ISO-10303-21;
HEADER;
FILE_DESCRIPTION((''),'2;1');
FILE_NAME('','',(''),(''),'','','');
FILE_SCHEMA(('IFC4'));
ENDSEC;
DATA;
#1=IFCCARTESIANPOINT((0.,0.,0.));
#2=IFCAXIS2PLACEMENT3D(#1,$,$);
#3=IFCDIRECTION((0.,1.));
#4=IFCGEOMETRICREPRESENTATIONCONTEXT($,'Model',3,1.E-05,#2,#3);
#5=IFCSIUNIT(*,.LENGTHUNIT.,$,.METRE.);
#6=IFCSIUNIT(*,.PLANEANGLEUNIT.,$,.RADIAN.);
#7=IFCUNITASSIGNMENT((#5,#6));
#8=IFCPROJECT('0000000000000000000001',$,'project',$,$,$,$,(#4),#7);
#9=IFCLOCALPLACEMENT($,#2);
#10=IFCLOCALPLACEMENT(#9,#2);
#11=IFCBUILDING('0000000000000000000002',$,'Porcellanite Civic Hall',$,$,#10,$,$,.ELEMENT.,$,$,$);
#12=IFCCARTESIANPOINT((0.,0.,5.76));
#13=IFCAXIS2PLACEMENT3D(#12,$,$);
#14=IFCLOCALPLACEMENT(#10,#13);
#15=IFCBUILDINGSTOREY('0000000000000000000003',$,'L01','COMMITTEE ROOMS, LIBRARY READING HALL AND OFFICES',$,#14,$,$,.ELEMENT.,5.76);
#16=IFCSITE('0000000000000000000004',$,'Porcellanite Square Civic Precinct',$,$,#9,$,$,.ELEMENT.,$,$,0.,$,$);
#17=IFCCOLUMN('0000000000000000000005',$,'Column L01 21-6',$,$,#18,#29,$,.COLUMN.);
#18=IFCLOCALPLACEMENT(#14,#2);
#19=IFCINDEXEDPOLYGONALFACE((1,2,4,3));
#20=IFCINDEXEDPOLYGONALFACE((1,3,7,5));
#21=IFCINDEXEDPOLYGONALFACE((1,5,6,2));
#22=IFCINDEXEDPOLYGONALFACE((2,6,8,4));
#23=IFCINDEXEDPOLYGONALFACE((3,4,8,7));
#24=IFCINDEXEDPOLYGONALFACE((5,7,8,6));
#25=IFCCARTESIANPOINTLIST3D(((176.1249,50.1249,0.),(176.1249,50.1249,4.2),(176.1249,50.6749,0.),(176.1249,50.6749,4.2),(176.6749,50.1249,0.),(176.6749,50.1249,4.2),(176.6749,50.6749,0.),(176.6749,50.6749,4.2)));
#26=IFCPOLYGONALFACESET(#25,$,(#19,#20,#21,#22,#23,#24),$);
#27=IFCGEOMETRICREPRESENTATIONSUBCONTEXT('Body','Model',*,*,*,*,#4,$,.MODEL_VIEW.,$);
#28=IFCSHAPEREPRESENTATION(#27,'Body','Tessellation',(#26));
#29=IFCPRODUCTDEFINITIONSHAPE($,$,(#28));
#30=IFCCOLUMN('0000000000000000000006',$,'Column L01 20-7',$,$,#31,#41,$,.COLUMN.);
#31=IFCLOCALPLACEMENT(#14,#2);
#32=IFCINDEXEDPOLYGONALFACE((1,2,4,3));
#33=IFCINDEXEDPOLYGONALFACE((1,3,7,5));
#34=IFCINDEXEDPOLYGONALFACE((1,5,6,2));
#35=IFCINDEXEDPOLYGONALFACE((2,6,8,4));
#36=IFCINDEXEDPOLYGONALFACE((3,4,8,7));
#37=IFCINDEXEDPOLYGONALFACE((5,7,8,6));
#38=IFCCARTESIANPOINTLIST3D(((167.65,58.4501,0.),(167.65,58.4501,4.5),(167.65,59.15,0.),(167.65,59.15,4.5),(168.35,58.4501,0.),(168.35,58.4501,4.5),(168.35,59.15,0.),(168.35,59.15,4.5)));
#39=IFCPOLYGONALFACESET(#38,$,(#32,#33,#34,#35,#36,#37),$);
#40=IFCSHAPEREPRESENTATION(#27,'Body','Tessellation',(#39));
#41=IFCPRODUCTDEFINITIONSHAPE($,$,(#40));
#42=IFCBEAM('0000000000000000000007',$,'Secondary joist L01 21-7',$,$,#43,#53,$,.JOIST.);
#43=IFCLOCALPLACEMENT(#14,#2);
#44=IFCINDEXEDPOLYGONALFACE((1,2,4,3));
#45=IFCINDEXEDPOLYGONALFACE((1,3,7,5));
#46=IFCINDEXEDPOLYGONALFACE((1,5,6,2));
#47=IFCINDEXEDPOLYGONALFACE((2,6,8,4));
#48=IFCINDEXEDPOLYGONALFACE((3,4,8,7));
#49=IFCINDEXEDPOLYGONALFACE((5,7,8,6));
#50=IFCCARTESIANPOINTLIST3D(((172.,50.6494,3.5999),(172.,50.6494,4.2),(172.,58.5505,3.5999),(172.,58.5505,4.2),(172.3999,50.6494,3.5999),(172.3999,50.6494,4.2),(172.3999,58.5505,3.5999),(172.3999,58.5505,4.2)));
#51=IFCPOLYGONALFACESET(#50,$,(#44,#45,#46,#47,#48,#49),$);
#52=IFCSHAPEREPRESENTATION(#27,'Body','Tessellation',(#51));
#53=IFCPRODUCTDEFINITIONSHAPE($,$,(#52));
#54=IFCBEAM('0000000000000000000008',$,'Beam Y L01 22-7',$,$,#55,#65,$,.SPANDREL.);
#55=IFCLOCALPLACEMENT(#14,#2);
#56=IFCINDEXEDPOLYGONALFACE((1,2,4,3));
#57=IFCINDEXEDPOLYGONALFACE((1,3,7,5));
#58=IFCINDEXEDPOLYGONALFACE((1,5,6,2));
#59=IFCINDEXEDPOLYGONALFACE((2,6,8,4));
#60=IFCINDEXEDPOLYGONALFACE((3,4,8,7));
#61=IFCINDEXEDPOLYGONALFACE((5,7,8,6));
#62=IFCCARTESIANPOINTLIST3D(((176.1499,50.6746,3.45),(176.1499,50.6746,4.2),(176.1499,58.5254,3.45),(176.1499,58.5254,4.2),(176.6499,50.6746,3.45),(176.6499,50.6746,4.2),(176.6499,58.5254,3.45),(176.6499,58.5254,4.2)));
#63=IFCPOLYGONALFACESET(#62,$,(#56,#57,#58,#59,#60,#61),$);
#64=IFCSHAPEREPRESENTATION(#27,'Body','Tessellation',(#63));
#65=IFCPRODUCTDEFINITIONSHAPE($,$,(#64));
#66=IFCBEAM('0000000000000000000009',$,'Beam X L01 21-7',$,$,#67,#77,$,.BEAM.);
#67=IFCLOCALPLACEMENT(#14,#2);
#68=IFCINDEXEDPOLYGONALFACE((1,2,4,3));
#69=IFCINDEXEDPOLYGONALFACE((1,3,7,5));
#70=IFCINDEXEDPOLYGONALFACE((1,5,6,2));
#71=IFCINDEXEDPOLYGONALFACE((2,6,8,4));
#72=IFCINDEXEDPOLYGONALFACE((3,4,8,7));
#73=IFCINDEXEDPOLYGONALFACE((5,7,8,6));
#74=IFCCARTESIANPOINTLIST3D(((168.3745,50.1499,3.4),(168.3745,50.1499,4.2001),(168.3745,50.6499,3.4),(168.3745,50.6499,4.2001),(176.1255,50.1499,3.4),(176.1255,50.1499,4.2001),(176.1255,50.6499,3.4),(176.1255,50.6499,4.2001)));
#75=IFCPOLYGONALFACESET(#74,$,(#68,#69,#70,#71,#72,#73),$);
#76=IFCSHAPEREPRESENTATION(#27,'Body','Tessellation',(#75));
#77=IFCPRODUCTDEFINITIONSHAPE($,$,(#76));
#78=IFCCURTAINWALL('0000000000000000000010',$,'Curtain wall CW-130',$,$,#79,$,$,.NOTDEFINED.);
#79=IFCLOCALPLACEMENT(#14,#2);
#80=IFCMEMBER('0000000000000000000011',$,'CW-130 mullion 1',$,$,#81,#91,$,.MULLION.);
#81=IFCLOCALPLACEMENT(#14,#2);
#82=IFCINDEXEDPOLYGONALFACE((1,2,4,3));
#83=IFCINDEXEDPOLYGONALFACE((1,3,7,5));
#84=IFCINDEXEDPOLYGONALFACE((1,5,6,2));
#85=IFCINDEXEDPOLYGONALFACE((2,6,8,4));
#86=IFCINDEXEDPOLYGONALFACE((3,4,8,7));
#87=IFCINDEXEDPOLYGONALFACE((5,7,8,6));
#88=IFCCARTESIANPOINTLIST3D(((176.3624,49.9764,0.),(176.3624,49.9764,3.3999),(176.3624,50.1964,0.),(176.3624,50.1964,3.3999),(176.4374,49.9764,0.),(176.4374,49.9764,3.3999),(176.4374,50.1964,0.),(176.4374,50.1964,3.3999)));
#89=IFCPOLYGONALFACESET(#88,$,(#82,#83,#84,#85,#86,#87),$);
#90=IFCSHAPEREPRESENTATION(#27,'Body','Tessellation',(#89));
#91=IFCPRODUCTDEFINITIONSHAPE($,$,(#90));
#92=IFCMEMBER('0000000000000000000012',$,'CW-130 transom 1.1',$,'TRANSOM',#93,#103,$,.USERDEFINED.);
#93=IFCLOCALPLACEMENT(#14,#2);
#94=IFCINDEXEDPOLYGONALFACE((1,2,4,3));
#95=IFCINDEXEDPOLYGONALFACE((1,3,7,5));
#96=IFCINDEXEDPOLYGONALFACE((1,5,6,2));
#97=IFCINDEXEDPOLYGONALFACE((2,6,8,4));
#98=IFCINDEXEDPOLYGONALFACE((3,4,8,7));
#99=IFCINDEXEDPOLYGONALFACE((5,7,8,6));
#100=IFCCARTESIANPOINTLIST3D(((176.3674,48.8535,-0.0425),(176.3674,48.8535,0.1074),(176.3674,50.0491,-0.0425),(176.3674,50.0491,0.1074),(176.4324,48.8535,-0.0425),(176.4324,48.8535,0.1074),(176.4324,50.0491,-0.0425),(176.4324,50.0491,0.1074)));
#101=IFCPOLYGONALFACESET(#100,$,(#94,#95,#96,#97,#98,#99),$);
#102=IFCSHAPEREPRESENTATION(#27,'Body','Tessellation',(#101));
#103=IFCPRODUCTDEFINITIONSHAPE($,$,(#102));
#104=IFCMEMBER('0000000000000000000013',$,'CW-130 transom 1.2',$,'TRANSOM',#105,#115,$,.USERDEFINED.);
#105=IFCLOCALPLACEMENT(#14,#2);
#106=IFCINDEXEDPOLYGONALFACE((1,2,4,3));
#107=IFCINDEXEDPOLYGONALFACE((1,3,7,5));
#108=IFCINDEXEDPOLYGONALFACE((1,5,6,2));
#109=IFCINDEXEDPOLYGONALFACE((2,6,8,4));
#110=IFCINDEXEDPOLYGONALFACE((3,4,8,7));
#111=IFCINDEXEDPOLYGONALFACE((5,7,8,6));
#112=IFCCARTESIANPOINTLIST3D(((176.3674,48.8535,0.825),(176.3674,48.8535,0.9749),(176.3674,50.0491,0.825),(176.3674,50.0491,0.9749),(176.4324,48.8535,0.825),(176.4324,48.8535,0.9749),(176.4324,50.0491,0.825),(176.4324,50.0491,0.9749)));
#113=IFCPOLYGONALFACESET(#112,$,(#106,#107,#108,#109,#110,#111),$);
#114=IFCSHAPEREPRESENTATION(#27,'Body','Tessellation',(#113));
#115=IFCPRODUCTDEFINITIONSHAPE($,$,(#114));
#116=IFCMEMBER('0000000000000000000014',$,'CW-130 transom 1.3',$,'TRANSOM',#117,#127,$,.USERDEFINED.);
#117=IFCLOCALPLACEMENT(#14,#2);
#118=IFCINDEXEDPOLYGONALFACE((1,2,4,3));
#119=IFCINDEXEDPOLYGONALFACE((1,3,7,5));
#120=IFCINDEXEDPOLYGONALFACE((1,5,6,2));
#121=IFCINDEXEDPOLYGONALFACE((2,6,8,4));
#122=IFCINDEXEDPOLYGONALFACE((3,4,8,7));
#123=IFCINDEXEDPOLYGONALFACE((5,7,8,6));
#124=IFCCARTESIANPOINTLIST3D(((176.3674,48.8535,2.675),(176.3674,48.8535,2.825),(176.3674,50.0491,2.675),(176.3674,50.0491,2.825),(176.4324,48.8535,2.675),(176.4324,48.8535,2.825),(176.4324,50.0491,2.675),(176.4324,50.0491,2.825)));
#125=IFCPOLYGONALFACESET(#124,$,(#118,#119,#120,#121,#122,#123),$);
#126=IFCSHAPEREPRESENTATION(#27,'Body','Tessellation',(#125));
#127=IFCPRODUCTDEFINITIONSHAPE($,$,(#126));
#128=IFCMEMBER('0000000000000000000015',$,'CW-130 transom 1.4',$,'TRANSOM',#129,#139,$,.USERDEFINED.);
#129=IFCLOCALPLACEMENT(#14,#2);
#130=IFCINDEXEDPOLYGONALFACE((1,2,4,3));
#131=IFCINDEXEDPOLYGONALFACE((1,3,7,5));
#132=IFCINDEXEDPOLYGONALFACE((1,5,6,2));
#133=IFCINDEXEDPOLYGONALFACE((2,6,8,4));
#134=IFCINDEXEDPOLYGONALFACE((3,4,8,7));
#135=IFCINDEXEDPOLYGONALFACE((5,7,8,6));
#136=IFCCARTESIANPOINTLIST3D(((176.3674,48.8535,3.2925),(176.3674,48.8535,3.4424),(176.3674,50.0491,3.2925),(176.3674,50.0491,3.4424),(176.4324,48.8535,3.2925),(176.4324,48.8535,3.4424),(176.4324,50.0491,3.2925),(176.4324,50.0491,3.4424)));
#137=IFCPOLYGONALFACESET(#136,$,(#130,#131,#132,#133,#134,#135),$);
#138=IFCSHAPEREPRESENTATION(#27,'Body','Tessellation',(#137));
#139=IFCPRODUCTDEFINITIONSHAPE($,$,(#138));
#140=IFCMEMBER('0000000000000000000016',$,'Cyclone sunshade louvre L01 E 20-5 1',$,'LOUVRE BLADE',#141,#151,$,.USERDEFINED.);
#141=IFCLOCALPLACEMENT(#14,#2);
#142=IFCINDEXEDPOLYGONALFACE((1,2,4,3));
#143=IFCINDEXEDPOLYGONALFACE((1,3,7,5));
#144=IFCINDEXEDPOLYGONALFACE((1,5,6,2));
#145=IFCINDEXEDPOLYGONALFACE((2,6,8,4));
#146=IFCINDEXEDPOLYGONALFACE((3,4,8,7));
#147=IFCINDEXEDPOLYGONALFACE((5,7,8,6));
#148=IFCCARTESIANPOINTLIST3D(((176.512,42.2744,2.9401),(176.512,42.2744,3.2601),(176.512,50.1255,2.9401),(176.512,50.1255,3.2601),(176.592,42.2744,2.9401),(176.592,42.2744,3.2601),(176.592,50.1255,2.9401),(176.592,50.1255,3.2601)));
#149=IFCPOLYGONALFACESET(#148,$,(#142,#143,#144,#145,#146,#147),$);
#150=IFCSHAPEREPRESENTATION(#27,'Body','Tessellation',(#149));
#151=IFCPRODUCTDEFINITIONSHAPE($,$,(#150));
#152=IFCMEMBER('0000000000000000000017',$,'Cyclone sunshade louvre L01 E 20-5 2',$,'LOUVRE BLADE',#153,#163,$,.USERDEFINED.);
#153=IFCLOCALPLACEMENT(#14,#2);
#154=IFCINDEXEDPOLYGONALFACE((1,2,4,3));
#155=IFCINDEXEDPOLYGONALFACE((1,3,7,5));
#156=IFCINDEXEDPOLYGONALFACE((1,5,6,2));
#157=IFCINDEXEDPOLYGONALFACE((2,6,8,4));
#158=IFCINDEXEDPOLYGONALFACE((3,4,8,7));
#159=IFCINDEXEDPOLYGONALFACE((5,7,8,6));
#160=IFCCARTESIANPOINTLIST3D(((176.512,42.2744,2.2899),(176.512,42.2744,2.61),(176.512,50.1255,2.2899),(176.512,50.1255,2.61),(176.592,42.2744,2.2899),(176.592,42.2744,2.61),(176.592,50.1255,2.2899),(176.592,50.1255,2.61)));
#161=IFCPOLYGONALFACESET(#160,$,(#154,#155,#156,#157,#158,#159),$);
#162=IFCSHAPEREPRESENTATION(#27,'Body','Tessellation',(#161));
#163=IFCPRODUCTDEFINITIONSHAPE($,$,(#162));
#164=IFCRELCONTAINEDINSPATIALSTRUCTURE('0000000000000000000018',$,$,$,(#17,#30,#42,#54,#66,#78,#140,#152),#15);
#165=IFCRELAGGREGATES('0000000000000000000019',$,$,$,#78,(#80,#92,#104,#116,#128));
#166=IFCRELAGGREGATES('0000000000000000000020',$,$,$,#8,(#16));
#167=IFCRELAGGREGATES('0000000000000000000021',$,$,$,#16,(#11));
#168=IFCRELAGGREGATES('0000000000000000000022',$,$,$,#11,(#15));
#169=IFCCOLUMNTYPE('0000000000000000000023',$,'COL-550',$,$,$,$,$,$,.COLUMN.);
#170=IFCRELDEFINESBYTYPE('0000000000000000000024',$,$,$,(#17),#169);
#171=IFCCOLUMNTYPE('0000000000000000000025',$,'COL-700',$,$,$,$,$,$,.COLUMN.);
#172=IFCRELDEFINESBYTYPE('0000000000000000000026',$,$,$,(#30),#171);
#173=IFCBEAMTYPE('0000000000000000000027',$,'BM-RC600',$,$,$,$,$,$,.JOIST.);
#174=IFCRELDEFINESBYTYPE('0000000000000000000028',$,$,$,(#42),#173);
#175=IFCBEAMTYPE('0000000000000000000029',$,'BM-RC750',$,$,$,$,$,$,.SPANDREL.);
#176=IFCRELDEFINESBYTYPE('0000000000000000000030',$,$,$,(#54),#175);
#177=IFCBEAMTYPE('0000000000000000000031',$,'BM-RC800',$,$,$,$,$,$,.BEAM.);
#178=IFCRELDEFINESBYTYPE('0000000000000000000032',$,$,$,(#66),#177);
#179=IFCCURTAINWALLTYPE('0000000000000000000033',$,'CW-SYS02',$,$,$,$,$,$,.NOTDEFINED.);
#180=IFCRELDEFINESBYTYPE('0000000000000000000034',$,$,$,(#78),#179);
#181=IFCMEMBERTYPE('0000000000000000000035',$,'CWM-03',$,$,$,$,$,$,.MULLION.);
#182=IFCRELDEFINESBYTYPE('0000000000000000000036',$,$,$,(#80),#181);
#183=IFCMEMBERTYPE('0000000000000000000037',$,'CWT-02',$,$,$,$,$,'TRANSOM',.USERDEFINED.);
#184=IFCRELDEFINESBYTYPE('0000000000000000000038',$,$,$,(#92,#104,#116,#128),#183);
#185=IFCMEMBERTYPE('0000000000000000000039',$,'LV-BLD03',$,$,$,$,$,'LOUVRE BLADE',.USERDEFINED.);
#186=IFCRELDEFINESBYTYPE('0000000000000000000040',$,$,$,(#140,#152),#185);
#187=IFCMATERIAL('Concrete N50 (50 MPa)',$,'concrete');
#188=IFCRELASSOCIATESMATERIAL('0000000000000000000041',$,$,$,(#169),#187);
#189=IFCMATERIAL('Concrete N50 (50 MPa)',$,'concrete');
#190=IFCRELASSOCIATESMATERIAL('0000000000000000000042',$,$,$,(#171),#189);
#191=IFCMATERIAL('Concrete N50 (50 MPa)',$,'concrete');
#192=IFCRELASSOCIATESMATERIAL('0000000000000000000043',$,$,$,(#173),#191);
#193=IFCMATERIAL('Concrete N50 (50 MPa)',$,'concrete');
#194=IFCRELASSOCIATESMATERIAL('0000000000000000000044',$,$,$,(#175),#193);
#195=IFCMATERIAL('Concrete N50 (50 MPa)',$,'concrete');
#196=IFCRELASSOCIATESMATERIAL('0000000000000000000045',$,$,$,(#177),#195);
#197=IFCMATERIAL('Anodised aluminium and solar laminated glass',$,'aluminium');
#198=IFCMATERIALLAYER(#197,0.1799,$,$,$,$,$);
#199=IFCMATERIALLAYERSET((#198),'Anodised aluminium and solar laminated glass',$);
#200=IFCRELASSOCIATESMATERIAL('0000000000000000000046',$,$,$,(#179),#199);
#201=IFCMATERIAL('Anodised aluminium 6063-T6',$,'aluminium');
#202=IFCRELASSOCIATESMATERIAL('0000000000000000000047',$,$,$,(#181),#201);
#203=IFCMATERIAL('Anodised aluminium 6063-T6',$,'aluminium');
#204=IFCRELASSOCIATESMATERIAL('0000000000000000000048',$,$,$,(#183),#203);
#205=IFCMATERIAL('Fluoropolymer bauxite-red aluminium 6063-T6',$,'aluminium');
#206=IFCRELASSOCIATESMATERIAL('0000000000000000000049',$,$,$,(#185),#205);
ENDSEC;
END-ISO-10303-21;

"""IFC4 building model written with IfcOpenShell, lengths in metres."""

from ifc_helpers import new_model, si_unit, direction, frame, origin, origin_2d, place, context, subcontext, project, spatial, rectangle, extrude, material, layer, layer_set, material_profile, profile_set, type_object, element, aggregate, save


model = new_model("IFC4")

# Units and contexts
model_context = context("Model", 3, precision=1e-05, world=origin(), true_north=direction((0.0, 1.0)))
body_context = subcontext(model_context, "Body", "Model", "MODEL_VIEW")
ifc_project = project(units=[si_unit("LENGTHUNIT", "METRE"), si_unit("PLANEANGLEUNIT", "RADIAN")], contexts=[model_context])

# Site, building, storey
site_placement = place(None, origin())
site = spatial("IfcSite", under=ifc_project, at=site_placement, Name="Porcellanite Square Civic Precinct", CompositionType="ELEMENT", RefElevation=0.0)
building_placement = place(site_placement, origin())
building = spatial("IfcBuilding", under=site, at=building_placement, Name="Porcellanite Civic Hall", CompositionType="ELEMENT")
storey_placement = place(building_placement, frame((0.0, 0.0, 5.76)))
storey = spatial("IfcBuildingStorey", under=building, at=storey_placement, Name="L01", Description="COMMITTEE ROOMS, LIBRARY READING HALL AND OFFICES", CompositionType="ELEMENT", Elevation=5.76)

# Columns
ifc_material_1 = material(Name="Concrete N50 (50 MPa)", Category="concrete")
ifc_material_profile_1 = material_profile(ifc_material_1, rectangle(XDim=0.55, YDim=0.55, at=origin_2d()), Name="RC-550x550")
ifc_profile_set_1 = profile_set([ifc_material_profile_1], Name="Concrete N50 (50 MPa)")
column_type_1 = type_object("IfcColumnType", Name="COL-550", PredefinedType="COLUMN", material=ifc_profile_set_1)
column_1_placement = place(storey_placement, frame((176.3999, 50.3999, 0.0), z_axis=(0.0, 0.0, 1.0), x_axis=(1.0, 0.0, 0.0)))
element("IfcColumn", 1, at=column_1_placement, inside=storey, type_object=column_type_1, Name="Column L01 21-6", PredefinedType="COLUMN", context=body_context, shape_type="SweptSolid", body=[
    extrude(rectangle(XDim=0.55, YDim=0.55, at=origin_2d()), origin(), (0.0, 0.0, 1.0), 4.2),
])
ifc_material_2 = material(Name="Concrete N50 (50 MPa)", Category="concrete")
ifc_material_profile_2 = material_profile(ifc_material_2, rectangle(XDim=0.7, YDim=0.7, at=origin_2d()), Name="RC-700x700")
ifc_profile_set_2 = profile_set([ifc_material_profile_2], Name="Concrete N50 (50 MPa)")
column_type_2 = type_object("IfcColumnType", Name="COL-700", PredefinedType="COLUMN", material=ifc_profile_set_2)
column_2_placement = place(storey_placement, frame((168.0, 58.8, 0.0), z_axis=(0.0, 0.0, 1.0), x_axis=(1.0, 0.0, 0.0)))
element("IfcColumn", 2, at=column_2_placement, inside=storey, type_object=column_type_2, Name="Column L01 20-7", PredefinedType="COLUMN", context=body_context, shape_type="SweptSolid", body=[
    extrude(rectangle(XDim=0.7, YDim=0.7, at=origin_2d()), origin(), (0.0, 0.0, 1.0), 4.5),
])

# Beams
ifc_material_3 = material(Name="Concrete N50 (50 MPa)", Category="concrete")
ifc_material_profile_3 = material_profile(ifc_material_3, rectangle(XDim=0.3999, YDim=0.6001, at=origin_2d()), Name="RC-400x600")
ifc_profile_set_3 = profile_set([ifc_material_profile_3], Name="Concrete N50 (50 MPa)")
beam_type_1 = type_object("IfcBeamType", Name="BM-RC600", PredefinedType="JOIST", material=ifc_profile_set_3)
beam_1_placement = place(storey_placement, frame((172.2, 50.6494, 3.8999), z_axis=(0.0, 1.0, 0.0), x_axis=(-1.0, 0.0, 0.0)))
element("IfcBeam", 3, at=beam_1_placement, inside=storey, type_object=beam_type_1, Name="Secondary joist L01 21-7", PredefinedType="JOIST", context=body_context, shape_type="SweptSolid", body=[
    extrude(rectangle(XDim=0.3999, YDim=0.6001, at=origin_2d()), origin(), (0.0, 0.0, 1.0), 7.9011),
])
ifc_material_4 = material(Name="Concrete N50 (50 MPa)", Category="concrete")
ifc_material_profile_4 = material_profile(ifc_material_4, rectangle(XDim=0.5, YDim=0.75, at=origin_2d()), Name="RC-500x750")
ifc_profile_set_4 = profile_set([ifc_material_profile_4], Name="Concrete N50 (50 MPa)")
beam_type_2 = type_object("IfcBeamType", Name="BM-RC750", PredefinedType="SPANDREL", material=ifc_profile_set_4)
beam_2_placement = place(storey_placement, frame((176.3999, 50.6746, 3.825), z_axis=(0.0, 1.0, 0.0), x_axis=(-1.0, 0.0, 0.0)))
element("IfcBeam", 4, at=beam_2_placement, inside=storey, type_object=beam_type_2, Name="Beam Y L01 22-7", PredefinedType="SPANDREL", context=body_context, shape_type="SweptSolid", body=[
    extrude(rectangle(XDim=0.5, YDim=0.75, at=origin_2d()), origin(), (0.0, 0.0, 1.0), 7.8508),
])
ifc_material_5 = material(Name="Concrete N50 (50 MPa)", Category="concrete")
ifc_material_profile_5 = material_profile(ifc_material_5, rectangle(XDim=0.5, YDim=0.8, at=origin_2d()), Name="RC-500x800")
ifc_profile_set_5 = profile_set([ifc_material_profile_5], Name="Concrete N50 (50 MPa)")
beam_type_3 = type_object("IfcBeamType", Name="BM-RC800", PredefinedType="BEAM", material=ifc_profile_set_5)
beam_3_placement = place(storey_placement, frame((168.3745, 50.3999, 3.8), z_axis=(1.0, 0.0, 0.0), x_axis=(0.0, 1.0, 0.0)))
element("IfcBeam", 5, at=beam_3_placement, inside=storey, type_object=beam_type_3, Name="Beam X L01 21-7", PredefinedType="BEAM", context=body_context, shape_type="SweptSolid", body=[
    extrude(rectangle(XDim=0.5, YDim=0.8, at=origin_2d()), origin(), (0.0, 0.0, 1.0), 7.751),
])

# Curtain wall, members
ifc_material_6 = material(Name="Anodised aluminium and solar laminated glass", Category="aluminium")
ifc_layer_1 = layer(ifc_material_6, 0.1799)
ifc_layer_set_1 = layer_set([ifc_layer_1], Name="Anodised aluminium and solar laminated glass")
curtain_wall_type = type_object("IfcCurtainWallType", Name="CW-SYS02", PredefinedType="NOTDEFINED", material=ifc_layer_set_1)
curtain_wall_placement = place(storey_placement, origin())
curtain_wall = element("IfcCurtainWall", 6, at=curtain_wall_placement, inside=storey, type_object=curtain_wall_type, Name="Curtain wall CW-130", PredefinedType="NOTDEFINED")
ifc_material_7 = material(Name="Anodised aluminium 6063-T6", Category="aluminium")
ifc_material_profile_6 = material_profile(ifc_material_7, rectangle(XDim=0.075, YDim=0.22, at=origin_2d()), Name="AL-75x220")
ifc_profile_set_6 = profile_set([ifc_material_profile_6], Name="Anodised aluminium 6063-T6")
member_type_1 = type_object("IfcMemberType", Name="CWM-03", PredefinedType="MULLION", material=ifc_profile_set_6)
member_1_placement = place(storey_placement, frame((176.3999, 50.0864, 0.0), z_axis=(0.0, 0.0, 1.0), x_axis=(1.0, 0.0, 0.0)))
member_1 = element("IfcMember", 7, at=member_1_placement, type_object=member_type_1, Name="CW-130 mullion 1", PredefinedType="MULLION", context=body_context, shape_type="SweptSolid", body=[
    extrude(rectangle(XDim=0.075, YDim=0.22, at=origin_2d()), origin(), (0.0, 0.0, 1.0), 3.3999),
])
ifc_material_8 = material(Name="Anodised aluminium 6063-T6", Category="aluminium")
ifc_material_profile_7 = material_profile(ifc_material_8, rectangle(XDim=0.0649, YDim=0.1499, at=origin_2d()), Name="AL-65x150")
ifc_profile_set_7 = profile_set([ifc_material_profile_7], Name="Anodised aluminium 6063-T6")
member_type_2 = type_object("IfcMemberType", Name="CWT-02", ElementType="TRANSOM", PredefinedType="USERDEFINED", material=ifc_profile_set_7)
member_2_placement = place(storey_placement, frame((176.3999, 50.0491, 0.0325), z_axis=(0.0, -1.0, 0.0), x_axis=(1.0, 0.0, 0.0)))
member_2 = element("IfcMember", 8, at=member_2_placement, type_object=member_type_2, Name="CW-130 transom 1.1", ObjectType="TRANSOM", PredefinedType="USERDEFINED", context=body_context, shape_type="SweptSolid", body=[
    extrude(rectangle(XDim=0.0649, YDim=0.1499, at=origin_2d()), origin(), (0.0, 0.0, 1.0), 1.1956),
])
member_3_placement = place(storey_placement, frame((176.3999, 50.0491, 0.8999), z_axis=(0.0, -1.0, 0.0), x_axis=(1.0, 0.0, 0.0)))
member_3 = element("IfcMember", 9, at=member_3_placement, type_object=member_type_2, Name="CW-130 transom 1.2", ObjectType="TRANSOM", PredefinedType="USERDEFINED", context=body_context, shape_type="SweptSolid", body=[
    extrude(rectangle(XDim=0.0649, YDim=0.1499, at=origin_2d()), origin(), (0.0, 0.0, 1.0), 1.1956),
])
member_4_placement = place(storey_placement, frame((176.3999, 50.0491, 2.75), z_axis=(0.0, -1.0, 0.0), x_axis=(1.0, 0.0, 0.0)))
member_4 = element("IfcMember", 10, at=member_4_placement, type_object=member_type_2, Name="CW-130 transom 1.3", ObjectType="TRANSOM", PredefinedType="USERDEFINED", context=body_context, shape_type="SweptSolid", body=[
    extrude(rectangle(XDim=0.0649, YDim=0.1499, at=origin_2d()), origin(), (0.0, 0.0, 1.0), 1.1956),
])
member_5_placement = place(storey_placement, frame((176.3999, 50.0491, 3.3674), z_axis=(0.0, -1.0, 0.0), x_axis=(1.0, 0.0, 0.0)))
member_5 = element("IfcMember", 11, at=member_5_placement, type_object=member_type_2, Name="CW-130 transom 1.4", ObjectType="TRANSOM", PredefinedType="USERDEFINED", context=body_context, shape_type="SweptSolid", body=[
    extrude(rectangle(XDim=0.0649, YDim=0.1499, at=origin_2d()), origin(), (0.0, 0.0, 1.0), 1.1956),
])

# Members
ifc_material_9 = material(Name="Fluoropolymer bauxite-red aluminium 6063-T6", Category="aluminium")
ifc_material_profile_8 = material_profile(ifc_material_9, rectangle(XDim=0.0801, YDim=0.3201, at=origin_2d()), Name="AL-80x320")
ifc_profile_set_8 = profile_set([ifc_material_profile_8], Name="Fluoropolymer bauxite-red aluminium 6063-T6")
member_type_3 = type_object("IfcMemberType", Name="LV-BLD03", ElementType="LOUVRE BLADE", PredefinedType="USERDEFINED", material=ifc_profile_set_8)
for number, where, z_axis, x_axis, name in (
    (12, (176.552, 50.1255, 3.1001), (0.0, -1.0, 0.0), (1.0, 0.0, 0.0), "Cyclone sunshade louvre L01 E 20-5 1"),
    (13, (176.552, 50.1255, 2.45), (0.0, -1.0, 0.0), (1.0, 0.0, 0.0), "Cyclone sunshade louvre L01 E 20-5 2"),
):
    element("IfcMember", number, at=place(storey_placement, frame(where, z_axis=z_axis, x_axis=x_axis)), inside=storey, type_object=member_type_3, Name=name, ObjectType="LOUVRE BLADE", PredefinedType="USERDEFINED", context=body_context, shape_type="SweptSolid", body=[
        extrude(rectangle(XDim=0.0801, YDim=0.3201, at=origin_2d()), origin(), (0.0, 0.0, 1.0), 7.8511),
    ])

aggregate(curtain_wall, [member_1, member_2, member_3, member_4, member_5])

save(model, "model.ifc")
